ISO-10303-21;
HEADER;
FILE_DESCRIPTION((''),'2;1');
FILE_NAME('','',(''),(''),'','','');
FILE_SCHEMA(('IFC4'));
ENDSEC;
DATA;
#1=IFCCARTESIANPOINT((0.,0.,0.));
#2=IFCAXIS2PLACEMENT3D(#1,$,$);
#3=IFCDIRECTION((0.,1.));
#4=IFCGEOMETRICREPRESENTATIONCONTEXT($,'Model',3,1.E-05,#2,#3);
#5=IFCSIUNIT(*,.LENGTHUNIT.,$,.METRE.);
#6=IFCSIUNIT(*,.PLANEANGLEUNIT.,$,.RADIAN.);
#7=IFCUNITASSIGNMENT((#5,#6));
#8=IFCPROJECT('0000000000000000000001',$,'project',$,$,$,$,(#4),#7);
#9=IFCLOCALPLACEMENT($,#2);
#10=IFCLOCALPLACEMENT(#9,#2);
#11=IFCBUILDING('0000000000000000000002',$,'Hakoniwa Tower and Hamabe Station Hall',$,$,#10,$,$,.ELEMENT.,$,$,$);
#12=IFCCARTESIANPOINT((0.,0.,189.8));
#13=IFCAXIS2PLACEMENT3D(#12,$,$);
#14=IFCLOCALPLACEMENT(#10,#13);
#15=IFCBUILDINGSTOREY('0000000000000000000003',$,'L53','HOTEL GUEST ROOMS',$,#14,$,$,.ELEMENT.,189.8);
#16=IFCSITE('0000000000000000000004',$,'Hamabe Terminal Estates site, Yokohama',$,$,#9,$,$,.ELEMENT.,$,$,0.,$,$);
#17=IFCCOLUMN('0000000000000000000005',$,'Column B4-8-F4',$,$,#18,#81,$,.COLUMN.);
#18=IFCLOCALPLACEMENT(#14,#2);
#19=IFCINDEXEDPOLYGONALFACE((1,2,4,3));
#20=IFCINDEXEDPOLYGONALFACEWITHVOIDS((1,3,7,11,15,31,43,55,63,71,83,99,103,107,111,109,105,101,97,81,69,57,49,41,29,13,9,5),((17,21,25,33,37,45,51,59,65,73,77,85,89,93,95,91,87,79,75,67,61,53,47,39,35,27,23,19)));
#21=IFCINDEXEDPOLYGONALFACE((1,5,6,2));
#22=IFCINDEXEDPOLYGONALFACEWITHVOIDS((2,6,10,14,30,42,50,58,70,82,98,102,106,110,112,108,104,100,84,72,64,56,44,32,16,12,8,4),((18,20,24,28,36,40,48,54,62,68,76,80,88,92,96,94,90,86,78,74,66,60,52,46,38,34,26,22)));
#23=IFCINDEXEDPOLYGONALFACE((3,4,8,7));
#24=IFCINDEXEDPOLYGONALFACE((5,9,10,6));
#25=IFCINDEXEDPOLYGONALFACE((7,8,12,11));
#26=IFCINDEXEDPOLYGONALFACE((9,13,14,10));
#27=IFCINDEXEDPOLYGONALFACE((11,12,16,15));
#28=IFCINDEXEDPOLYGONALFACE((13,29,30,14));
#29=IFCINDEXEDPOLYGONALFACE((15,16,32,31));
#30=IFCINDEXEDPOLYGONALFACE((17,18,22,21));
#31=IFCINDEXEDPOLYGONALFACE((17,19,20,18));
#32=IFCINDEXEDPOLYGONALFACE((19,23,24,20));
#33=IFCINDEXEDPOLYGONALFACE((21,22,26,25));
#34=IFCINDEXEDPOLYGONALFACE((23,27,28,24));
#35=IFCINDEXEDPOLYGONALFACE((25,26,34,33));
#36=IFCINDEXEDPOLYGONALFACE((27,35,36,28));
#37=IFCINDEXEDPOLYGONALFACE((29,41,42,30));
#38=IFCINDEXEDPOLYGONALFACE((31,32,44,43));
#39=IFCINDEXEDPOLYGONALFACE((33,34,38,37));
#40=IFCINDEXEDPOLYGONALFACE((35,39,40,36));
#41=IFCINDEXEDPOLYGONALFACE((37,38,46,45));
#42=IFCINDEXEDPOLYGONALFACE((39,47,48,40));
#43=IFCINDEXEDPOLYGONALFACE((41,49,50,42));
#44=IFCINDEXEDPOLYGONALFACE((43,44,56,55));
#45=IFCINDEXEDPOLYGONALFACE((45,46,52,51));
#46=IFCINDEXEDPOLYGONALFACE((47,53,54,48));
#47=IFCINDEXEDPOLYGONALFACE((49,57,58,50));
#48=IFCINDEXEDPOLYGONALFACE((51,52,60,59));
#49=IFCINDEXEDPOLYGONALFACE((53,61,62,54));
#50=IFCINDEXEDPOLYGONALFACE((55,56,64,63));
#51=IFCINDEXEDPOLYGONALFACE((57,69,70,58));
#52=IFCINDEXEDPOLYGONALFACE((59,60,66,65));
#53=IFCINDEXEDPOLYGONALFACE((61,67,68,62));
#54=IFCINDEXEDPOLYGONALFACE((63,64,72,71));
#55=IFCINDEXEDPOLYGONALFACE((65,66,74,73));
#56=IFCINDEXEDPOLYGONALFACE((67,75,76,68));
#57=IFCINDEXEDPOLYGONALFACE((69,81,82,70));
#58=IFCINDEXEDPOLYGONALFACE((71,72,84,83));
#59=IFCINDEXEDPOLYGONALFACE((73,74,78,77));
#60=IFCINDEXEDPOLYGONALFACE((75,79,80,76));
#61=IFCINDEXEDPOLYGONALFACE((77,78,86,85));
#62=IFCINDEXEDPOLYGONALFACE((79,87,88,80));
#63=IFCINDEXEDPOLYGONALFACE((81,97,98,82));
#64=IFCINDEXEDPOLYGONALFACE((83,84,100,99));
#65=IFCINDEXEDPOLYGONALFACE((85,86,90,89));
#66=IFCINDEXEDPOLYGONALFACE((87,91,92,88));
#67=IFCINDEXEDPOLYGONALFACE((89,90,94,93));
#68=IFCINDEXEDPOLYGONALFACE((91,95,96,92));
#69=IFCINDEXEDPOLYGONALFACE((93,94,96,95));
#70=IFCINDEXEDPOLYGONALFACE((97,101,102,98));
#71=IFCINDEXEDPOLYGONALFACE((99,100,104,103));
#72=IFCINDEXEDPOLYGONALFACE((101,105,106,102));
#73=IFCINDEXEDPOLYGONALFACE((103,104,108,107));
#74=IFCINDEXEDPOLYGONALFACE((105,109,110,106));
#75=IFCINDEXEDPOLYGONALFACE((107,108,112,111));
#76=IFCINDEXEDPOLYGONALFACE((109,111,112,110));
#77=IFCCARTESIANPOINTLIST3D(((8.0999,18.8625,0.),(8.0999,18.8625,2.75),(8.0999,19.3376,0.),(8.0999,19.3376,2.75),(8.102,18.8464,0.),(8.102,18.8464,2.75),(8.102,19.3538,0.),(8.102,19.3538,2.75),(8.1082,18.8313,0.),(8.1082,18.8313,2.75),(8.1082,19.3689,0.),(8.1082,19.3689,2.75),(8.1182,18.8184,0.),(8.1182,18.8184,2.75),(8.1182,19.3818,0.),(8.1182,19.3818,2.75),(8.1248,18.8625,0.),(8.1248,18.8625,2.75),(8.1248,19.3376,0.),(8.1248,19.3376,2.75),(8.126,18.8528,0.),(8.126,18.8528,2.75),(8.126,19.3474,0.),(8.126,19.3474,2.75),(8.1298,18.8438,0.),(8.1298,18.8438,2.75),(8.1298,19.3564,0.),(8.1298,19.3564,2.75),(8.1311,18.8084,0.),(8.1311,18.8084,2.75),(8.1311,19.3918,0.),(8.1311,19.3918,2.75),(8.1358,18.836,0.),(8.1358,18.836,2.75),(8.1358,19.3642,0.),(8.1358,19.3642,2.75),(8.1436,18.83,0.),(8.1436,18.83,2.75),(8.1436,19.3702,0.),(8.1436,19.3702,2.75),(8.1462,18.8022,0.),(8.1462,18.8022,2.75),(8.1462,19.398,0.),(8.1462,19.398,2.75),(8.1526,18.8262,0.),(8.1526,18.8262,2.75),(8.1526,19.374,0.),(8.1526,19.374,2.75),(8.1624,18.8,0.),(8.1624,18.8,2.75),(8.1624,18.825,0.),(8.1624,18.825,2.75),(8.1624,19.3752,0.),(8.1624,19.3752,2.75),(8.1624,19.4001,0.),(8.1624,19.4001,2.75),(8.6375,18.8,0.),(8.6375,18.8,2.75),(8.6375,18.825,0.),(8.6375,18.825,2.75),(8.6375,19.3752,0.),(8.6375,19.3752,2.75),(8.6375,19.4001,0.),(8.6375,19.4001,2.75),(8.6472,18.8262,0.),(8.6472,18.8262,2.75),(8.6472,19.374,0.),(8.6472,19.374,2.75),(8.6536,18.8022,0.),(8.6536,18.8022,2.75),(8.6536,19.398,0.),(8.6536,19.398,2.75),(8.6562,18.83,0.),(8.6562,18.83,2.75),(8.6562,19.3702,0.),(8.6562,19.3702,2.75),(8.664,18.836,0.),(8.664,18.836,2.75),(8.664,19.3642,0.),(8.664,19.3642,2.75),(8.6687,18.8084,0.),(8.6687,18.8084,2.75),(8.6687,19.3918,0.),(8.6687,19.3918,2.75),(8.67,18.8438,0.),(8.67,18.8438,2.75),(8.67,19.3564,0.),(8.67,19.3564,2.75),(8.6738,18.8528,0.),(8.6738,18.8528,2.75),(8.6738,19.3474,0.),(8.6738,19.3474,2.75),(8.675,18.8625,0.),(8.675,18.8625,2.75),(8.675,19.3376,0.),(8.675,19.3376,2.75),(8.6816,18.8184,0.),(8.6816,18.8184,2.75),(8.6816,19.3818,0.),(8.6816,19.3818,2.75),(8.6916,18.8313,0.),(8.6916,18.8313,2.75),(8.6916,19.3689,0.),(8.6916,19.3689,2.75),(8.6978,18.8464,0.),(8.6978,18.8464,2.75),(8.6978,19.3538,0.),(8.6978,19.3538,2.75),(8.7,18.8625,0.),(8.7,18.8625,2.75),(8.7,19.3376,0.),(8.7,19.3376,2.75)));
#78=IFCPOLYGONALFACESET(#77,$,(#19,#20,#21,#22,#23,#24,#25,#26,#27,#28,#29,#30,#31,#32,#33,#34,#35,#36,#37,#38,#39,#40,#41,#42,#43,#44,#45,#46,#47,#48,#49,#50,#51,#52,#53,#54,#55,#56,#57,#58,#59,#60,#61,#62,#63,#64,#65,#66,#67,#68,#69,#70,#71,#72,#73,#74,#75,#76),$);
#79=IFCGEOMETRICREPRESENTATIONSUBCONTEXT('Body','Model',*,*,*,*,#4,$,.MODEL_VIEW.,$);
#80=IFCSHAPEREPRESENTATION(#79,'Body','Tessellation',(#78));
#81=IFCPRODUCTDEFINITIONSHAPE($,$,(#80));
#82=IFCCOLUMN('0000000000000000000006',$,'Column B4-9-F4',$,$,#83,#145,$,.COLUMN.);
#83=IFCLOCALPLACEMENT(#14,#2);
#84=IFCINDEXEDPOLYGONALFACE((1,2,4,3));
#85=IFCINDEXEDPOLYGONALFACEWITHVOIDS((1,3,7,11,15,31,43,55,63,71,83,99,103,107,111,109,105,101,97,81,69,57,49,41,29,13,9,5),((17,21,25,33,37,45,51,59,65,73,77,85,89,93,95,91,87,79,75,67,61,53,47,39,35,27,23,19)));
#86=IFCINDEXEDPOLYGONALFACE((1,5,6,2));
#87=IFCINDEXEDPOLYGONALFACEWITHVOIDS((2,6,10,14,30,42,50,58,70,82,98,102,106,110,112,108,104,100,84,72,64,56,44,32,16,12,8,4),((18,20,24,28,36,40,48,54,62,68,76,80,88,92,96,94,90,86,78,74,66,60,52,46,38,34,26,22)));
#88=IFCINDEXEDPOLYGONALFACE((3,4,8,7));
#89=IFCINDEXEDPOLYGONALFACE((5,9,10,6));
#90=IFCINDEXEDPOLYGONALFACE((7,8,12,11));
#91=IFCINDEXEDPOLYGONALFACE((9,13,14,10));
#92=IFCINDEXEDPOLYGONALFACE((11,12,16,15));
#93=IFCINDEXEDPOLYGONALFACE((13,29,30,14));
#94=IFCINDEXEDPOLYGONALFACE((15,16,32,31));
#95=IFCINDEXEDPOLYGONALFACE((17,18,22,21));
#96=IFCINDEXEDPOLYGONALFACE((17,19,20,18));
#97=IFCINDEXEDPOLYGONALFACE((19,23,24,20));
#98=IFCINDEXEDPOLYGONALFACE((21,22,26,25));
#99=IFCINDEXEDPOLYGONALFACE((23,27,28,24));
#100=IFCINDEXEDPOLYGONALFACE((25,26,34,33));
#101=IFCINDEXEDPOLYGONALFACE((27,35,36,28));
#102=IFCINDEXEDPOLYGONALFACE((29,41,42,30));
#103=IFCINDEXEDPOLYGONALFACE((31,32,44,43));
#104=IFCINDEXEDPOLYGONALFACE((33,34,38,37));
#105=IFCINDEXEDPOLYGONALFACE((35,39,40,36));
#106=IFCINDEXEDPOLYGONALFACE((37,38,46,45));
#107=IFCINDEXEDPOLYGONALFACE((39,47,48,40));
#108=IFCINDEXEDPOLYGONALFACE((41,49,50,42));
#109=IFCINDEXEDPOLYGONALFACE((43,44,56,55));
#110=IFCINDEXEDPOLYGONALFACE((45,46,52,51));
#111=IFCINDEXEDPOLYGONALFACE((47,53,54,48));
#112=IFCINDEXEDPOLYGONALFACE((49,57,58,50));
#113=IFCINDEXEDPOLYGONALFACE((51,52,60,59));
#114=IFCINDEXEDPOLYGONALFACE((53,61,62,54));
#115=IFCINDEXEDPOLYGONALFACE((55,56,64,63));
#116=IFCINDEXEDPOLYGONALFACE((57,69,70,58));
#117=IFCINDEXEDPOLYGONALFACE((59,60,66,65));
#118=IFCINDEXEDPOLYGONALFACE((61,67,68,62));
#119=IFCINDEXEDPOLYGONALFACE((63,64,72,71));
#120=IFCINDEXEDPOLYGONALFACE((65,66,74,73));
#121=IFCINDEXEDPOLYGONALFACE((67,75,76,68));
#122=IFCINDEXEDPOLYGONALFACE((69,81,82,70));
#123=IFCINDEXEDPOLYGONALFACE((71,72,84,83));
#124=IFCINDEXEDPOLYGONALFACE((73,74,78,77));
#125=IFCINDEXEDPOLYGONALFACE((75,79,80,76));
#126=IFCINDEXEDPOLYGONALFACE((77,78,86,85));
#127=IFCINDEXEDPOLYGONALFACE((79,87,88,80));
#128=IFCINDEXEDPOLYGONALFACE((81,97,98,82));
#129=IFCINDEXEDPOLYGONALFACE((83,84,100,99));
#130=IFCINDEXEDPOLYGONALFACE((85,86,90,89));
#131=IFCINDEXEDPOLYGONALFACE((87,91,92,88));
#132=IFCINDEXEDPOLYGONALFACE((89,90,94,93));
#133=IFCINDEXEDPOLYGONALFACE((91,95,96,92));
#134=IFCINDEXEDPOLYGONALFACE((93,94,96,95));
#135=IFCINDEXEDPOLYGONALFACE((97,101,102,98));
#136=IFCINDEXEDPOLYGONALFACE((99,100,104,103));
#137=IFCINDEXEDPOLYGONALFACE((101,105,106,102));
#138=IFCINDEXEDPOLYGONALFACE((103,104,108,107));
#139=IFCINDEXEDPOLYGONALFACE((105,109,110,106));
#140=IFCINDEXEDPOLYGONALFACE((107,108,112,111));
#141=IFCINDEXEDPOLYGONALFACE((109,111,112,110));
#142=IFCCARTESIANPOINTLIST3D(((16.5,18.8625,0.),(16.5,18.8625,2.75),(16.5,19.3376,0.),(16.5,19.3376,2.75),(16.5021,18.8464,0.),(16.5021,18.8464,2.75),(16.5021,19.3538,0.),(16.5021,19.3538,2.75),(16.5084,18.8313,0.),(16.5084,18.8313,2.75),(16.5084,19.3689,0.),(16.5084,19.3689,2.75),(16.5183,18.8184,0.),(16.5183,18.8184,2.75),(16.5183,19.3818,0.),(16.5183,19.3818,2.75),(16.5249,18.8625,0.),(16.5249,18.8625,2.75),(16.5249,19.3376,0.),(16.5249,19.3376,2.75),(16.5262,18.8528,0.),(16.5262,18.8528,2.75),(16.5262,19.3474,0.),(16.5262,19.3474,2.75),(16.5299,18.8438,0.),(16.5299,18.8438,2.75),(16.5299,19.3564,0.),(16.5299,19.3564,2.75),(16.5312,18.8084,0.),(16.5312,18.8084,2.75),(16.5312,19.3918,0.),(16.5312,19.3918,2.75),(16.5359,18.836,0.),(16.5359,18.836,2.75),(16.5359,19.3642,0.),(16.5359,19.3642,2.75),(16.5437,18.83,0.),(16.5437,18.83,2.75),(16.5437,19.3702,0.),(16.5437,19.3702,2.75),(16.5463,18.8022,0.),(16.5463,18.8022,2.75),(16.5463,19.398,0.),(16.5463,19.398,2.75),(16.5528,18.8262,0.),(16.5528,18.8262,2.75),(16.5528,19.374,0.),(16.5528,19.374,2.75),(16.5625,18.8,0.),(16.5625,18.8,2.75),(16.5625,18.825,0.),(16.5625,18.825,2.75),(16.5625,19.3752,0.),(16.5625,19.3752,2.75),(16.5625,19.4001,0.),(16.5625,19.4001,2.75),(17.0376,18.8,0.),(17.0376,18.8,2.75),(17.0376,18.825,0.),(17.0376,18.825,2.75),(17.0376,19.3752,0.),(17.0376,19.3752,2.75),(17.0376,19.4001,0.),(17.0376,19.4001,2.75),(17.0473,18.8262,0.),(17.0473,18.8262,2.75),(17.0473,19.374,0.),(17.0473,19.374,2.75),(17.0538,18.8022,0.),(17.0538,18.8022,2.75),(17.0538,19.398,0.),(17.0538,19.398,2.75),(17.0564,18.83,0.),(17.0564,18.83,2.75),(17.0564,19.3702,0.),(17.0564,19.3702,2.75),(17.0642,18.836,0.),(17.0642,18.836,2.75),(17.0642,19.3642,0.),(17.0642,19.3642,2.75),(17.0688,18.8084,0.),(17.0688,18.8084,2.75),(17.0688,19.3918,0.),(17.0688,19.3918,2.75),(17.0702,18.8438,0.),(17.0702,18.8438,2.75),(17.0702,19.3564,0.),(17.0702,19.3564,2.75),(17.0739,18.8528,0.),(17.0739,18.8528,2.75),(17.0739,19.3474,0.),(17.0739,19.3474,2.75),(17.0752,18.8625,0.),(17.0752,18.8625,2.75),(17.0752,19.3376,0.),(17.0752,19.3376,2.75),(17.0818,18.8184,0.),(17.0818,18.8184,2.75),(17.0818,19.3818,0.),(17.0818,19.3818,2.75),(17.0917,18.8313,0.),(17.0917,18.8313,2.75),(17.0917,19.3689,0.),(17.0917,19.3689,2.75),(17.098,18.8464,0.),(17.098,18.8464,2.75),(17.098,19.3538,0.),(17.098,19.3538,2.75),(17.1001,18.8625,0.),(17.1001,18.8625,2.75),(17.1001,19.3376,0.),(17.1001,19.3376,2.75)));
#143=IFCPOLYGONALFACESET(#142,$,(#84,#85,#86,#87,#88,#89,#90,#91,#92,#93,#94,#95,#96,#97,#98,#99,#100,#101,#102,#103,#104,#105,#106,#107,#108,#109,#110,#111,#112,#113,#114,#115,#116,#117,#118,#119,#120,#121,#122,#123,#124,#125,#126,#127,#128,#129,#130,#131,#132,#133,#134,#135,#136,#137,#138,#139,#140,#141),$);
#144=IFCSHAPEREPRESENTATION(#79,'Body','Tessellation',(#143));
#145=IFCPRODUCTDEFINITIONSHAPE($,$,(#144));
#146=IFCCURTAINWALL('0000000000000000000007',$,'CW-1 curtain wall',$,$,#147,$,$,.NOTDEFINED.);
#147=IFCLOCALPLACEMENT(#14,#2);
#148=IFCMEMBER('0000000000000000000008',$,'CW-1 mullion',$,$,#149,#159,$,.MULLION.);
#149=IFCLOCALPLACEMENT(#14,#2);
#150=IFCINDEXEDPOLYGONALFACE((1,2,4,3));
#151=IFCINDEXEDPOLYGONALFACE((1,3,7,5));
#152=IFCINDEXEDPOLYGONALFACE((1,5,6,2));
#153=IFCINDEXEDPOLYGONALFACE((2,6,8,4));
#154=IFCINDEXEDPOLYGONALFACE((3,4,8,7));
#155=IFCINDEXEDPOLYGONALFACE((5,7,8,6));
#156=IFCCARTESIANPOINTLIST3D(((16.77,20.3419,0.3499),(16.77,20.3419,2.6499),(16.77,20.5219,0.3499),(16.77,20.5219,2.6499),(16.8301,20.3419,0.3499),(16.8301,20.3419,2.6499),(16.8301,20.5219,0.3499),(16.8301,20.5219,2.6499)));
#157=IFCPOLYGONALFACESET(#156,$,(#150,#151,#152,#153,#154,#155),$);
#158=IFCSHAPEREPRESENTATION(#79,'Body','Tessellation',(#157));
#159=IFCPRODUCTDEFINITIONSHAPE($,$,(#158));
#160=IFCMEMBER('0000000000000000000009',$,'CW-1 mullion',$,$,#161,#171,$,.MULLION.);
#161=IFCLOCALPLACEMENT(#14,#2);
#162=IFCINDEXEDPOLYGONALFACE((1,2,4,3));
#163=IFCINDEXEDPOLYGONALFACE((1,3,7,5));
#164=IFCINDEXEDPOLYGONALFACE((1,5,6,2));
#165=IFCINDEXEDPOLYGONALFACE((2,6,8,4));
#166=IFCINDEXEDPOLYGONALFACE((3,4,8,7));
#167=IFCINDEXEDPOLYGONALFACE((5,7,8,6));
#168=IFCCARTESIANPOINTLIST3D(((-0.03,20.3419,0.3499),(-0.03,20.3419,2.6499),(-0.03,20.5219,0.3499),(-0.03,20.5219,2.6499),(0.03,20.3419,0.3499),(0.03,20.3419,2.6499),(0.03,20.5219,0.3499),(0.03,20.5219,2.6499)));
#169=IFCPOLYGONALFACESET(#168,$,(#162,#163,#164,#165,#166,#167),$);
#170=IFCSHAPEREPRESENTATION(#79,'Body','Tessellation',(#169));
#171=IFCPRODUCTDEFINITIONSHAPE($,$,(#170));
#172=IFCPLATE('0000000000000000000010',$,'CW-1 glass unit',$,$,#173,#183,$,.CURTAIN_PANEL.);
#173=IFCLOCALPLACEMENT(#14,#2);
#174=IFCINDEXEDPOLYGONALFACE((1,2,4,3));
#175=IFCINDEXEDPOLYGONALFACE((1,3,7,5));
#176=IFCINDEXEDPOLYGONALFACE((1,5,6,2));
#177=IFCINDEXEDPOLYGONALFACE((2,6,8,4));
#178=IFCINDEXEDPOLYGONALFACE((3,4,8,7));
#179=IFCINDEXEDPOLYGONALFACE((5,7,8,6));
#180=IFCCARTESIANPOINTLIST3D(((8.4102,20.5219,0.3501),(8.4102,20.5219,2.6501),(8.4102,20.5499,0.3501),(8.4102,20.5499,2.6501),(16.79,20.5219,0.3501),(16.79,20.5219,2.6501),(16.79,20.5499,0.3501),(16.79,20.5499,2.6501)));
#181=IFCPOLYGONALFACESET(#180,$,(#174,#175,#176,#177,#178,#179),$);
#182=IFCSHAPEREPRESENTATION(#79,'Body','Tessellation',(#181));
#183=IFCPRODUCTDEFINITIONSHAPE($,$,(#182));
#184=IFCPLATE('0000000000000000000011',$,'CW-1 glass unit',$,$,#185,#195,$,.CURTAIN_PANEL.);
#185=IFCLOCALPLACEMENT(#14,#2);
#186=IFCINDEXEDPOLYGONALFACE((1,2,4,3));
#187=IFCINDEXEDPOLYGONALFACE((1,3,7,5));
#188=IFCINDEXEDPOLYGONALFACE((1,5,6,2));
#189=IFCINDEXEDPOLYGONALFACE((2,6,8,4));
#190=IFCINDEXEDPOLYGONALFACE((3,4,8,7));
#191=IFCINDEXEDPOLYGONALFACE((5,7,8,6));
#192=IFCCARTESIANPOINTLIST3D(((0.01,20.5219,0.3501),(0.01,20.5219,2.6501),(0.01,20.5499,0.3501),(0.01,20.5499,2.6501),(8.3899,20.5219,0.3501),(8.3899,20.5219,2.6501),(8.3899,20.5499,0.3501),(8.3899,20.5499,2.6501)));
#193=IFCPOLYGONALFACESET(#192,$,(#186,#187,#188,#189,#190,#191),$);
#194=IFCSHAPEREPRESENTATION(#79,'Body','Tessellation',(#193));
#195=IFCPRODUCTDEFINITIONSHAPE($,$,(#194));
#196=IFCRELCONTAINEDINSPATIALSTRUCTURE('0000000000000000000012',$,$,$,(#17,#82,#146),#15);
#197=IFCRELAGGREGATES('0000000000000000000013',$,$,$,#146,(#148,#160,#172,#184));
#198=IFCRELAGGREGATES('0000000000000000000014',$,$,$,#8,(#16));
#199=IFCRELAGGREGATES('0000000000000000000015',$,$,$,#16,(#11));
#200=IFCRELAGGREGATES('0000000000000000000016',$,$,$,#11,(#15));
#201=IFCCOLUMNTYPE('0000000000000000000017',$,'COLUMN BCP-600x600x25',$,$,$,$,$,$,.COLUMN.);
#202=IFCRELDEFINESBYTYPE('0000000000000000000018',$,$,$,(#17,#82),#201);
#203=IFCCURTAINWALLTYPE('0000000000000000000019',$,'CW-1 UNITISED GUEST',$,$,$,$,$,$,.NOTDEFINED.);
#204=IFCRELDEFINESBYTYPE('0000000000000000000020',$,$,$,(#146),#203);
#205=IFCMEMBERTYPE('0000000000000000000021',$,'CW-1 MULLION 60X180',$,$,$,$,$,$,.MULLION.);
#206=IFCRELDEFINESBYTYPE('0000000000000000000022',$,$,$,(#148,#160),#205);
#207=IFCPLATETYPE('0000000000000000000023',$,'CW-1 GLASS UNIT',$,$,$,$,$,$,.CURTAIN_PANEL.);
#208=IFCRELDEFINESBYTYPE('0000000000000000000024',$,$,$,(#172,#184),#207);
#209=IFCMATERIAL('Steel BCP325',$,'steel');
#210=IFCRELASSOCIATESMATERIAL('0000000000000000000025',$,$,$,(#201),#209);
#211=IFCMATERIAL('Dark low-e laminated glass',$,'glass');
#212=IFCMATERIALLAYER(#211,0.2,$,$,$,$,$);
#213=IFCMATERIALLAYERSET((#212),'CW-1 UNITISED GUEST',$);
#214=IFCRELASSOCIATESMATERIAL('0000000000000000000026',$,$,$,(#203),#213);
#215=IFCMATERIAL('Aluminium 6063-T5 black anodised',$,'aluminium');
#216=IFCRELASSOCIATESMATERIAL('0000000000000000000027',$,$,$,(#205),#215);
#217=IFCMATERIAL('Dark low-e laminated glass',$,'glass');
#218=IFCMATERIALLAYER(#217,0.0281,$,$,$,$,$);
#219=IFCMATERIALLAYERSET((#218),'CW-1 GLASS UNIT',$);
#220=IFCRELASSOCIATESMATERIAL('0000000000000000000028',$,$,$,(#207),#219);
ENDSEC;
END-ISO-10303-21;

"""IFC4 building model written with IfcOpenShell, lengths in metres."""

from ifc_helpers import new_model, si_unit, direction, frame, origin, origin_2d, place, context, subcontext, project, spatial, rectangle, hollow_rectangle, extrude, material, layer, layer_set, material_profile, profile_set, type_object, element, aggregate, save


model = new_model("IFC4")

# Units and contexts
model_context = context("Model", 3, precision=1e-05, world=origin(), true_north=direction((0.0, 1.0)))
body_context = subcontext(model_context, "Body", "Model", "MODEL_VIEW")
ifc_project = project(units=[si_unit("LENGTHUNIT", "METRE"), si_unit("PLANEANGLEUNIT", "RADIAN")], contexts=[model_context])

# Site, building, storey
site_placement = place(None, origin())
site = spatial("IfcSite", under=ifc_project, at=site_placement, Name="Hamabe Terminal Estates site, Yokohama", CompositionType="ELEMENT", RefElevation=0.0)
building_placement = place(site_placement, origin())
building = spatial("IfcBuilding", under=site, at=building_placement, Name="Hakoniwa Tower and Hamabe Station Hall", CompositionType="ELEMENT")
storey_placement = place(building_placement, frame((0.0, 0.0, 189.8)))
storey = spatial("IfcBuildingStorey", under=building, at=storey_placement, Name="L53", Description="HOTEL GUEST ROOMS", CompositionType="ELEMENT", Elevation=189.8)

# Columns
ifc_material_1 = material(Name="Steel BCP325", Category="steel")
ifc_material_profile_1 = material_profile(ifc_material_1, hollow_rectangle(XDim=0.6001, YDim=0.6001, WallThickness=0.0249, InnerFilletRadius=0.0376, OuterFilletRadius=0.0625, at=origin_2d()), Name="BCP-600x600x25")
ifc_profile_set_1 = profile_set([ifc_material_profile_1], Name="Steel BCP325")
column_type = type_object("IfcColumnType", Name="COLUMN BCP-600x600x25", PredefinedType="COLUMN", material=ifc_profile_set_1)
for number, where, z_axis, x_axis, name in (
    (1, (8.3999, 19.1001, 0.0), (0.0, 0.0, 1.0), (1.0, 0.0, 0.0), "Column B4-8-F4"),
    (2, (16.8, 19.1001, 0.0), (0.0, 0.0, 1.0), (1.0, 0.0, 0.0), "Column B4-9-F4"),
):
    element("IfcColumn", number, at=place(storey_placement, frame(where, z_axis=z_axis, x_axis=x_axis)), inside=storey, type_object=column_type, Name=name, PredefinedType="COLUMN", context=body_context, shape_type="SweptSolid", body=[
        extrude(hollow_rectangle(XDim=0.6001, YDim=0.6001, WallThickness=0.0249, InnerFilletRadius=0.0376, OuterFilletRadius=0.0625, at=origin_2d()), origin(), (0.0, 0.0, 1.0), 2.75),
    ])

# Curtain wall, members, plates
ifc_material_2 = material(Name="Dark low-e laminated glass", Category="glass")
ifc_layer_1 = layer(ifc_material_2, 0.2)
ifc_layer_set_1 = layer_set([ifc_layer_1], Name="CW-1 UNITISED GUEST")
curtain_wall_type = type_object("IfcCurtainWallType", Name="CW-1 UNITISED GUEST", PredefinedType="NOTDEFINED", material=ifc_layer_set_1)
curtain_wall_placement = place(storey_placement, origin())
curtain_wall = element("IfcCurtainWall", 3, at=curtain_wall_placement, inside=storey, type_object=curtain_wall_type, Name="CW-1 curtain wall", PredefinedType="NOTDEFINED")
ifc_material_3 = material(Name="Aluminium 6063-T5 black anodised", Category="aluminium")
ifc_material_profile_2 = material_profile(ifc_material_3, rectangle(XDim=0.0601, YDim=0.1799, at=origin_2d()), Name="CW-1 MULLION 60X180")
ifc_profile_set_2 = profile_set([ifc_material_profile_2], Name="Aluminium 6063-T5 black anodised")
member_type = type_object("IfcMemberType", Name="CW-1 MULLION 60X180", PredefinedType="MULLION", material=ifc_profile_set_2)
member_1_placement = place(storey_placement, frame((16.8, 20.4319, 0.3499), z_axis=(0.0, 0.0, 1.0), x_axis=(-1.0, 0.0, 0.0)))
member_1 = element("IfcMember", 4, at=member_1_placement, type_object=member_type, Name="CW-1 mullion", PredefinedType="MULLION", context=body_context, shape_type="SweptSolid", body=[
    extrude(rectangle(XDim=0.0601, YDim=0.1799, at=origin_2d()), origin(), (0.0, 0.0, 1.0), 2.3),
])
member_2_placement = place(storey_placement, frame((0.0, 20.4319, 0.3499), z_axis=(0.0, 0.0, 1.0), x_axis=(-1.0, 0.0, 0.0)))
member_2 = element("IfcMember", 5, at=member_2_placement, type_object=member_type, Name="CW-1 mullion", PredefinedType="MULLION", context=body_context, shape_type="SweptSolid", body=[
    extrude(rectangle(XDim=0.0601, YDim=0.1799, at=origin_2d()), origin(), (0.0, 0.0, 1.0), 2.3),
])
ifc_material_4 = material(Name="Dark low-e laminated glass", Category="glass")
ifc_layer_2 = layer(ifc_material_4, 0.0281)
ifc_layer_set_2 = layer_set([ifc_layer_2], Name="CW-1 GLASS UNIT")
plate_type = type_object("IfcPlateType", Name="CW-1 GLASS UNIT", PredefinedType="CURTAIN_PANEL", material=ifc_layer_set_2)
plate_1_placement = place(storey_placement, frame((12.6001, 20.5359, 0.3501), z_axis=(0.0, 0.0, 1.0), x_axis=(-1.0, 0.0, 0.0)))
plate_1 = element("IfcPlate", 6, at=plate_1_placement, type_object=plate_type, Name="CW-1 glass unit", PredefinedType="CURTAIN_PANEL", context=body_context, shape_type="SweptSolid", body=[
    extrude(rectangle(XDim=8.3799, YDim=0.0281, at=origin_2d()), origin(), (0.0, 0.0, 1.0), 2.3),
])
plate_2_placement = place(storey_placement, frame((4.2, 20.5359, 0.3501), z_axis=(0.0, 0.0, 1.0), x_axis=(-1.0, 0.0, 0.0)))
plate_2 = element("IfcPlate", 7, at=plate_2_placement, type_object=plate_type, Name="CW-1 glass unit", PredefinedType="CURTAIN_PANEL", context=body_context, shape_type="SweptSolid", body=[
    extrude(rectangle(XDim=8.3799, YDim=0.0281, at=origin_2d()), origin(), (0.0, 0.0, 1.0), 2.3),
])
aggregate(curtain_wall, [member_1, member_2, plate_1, plate_2])

save(model, "model.ifc")
